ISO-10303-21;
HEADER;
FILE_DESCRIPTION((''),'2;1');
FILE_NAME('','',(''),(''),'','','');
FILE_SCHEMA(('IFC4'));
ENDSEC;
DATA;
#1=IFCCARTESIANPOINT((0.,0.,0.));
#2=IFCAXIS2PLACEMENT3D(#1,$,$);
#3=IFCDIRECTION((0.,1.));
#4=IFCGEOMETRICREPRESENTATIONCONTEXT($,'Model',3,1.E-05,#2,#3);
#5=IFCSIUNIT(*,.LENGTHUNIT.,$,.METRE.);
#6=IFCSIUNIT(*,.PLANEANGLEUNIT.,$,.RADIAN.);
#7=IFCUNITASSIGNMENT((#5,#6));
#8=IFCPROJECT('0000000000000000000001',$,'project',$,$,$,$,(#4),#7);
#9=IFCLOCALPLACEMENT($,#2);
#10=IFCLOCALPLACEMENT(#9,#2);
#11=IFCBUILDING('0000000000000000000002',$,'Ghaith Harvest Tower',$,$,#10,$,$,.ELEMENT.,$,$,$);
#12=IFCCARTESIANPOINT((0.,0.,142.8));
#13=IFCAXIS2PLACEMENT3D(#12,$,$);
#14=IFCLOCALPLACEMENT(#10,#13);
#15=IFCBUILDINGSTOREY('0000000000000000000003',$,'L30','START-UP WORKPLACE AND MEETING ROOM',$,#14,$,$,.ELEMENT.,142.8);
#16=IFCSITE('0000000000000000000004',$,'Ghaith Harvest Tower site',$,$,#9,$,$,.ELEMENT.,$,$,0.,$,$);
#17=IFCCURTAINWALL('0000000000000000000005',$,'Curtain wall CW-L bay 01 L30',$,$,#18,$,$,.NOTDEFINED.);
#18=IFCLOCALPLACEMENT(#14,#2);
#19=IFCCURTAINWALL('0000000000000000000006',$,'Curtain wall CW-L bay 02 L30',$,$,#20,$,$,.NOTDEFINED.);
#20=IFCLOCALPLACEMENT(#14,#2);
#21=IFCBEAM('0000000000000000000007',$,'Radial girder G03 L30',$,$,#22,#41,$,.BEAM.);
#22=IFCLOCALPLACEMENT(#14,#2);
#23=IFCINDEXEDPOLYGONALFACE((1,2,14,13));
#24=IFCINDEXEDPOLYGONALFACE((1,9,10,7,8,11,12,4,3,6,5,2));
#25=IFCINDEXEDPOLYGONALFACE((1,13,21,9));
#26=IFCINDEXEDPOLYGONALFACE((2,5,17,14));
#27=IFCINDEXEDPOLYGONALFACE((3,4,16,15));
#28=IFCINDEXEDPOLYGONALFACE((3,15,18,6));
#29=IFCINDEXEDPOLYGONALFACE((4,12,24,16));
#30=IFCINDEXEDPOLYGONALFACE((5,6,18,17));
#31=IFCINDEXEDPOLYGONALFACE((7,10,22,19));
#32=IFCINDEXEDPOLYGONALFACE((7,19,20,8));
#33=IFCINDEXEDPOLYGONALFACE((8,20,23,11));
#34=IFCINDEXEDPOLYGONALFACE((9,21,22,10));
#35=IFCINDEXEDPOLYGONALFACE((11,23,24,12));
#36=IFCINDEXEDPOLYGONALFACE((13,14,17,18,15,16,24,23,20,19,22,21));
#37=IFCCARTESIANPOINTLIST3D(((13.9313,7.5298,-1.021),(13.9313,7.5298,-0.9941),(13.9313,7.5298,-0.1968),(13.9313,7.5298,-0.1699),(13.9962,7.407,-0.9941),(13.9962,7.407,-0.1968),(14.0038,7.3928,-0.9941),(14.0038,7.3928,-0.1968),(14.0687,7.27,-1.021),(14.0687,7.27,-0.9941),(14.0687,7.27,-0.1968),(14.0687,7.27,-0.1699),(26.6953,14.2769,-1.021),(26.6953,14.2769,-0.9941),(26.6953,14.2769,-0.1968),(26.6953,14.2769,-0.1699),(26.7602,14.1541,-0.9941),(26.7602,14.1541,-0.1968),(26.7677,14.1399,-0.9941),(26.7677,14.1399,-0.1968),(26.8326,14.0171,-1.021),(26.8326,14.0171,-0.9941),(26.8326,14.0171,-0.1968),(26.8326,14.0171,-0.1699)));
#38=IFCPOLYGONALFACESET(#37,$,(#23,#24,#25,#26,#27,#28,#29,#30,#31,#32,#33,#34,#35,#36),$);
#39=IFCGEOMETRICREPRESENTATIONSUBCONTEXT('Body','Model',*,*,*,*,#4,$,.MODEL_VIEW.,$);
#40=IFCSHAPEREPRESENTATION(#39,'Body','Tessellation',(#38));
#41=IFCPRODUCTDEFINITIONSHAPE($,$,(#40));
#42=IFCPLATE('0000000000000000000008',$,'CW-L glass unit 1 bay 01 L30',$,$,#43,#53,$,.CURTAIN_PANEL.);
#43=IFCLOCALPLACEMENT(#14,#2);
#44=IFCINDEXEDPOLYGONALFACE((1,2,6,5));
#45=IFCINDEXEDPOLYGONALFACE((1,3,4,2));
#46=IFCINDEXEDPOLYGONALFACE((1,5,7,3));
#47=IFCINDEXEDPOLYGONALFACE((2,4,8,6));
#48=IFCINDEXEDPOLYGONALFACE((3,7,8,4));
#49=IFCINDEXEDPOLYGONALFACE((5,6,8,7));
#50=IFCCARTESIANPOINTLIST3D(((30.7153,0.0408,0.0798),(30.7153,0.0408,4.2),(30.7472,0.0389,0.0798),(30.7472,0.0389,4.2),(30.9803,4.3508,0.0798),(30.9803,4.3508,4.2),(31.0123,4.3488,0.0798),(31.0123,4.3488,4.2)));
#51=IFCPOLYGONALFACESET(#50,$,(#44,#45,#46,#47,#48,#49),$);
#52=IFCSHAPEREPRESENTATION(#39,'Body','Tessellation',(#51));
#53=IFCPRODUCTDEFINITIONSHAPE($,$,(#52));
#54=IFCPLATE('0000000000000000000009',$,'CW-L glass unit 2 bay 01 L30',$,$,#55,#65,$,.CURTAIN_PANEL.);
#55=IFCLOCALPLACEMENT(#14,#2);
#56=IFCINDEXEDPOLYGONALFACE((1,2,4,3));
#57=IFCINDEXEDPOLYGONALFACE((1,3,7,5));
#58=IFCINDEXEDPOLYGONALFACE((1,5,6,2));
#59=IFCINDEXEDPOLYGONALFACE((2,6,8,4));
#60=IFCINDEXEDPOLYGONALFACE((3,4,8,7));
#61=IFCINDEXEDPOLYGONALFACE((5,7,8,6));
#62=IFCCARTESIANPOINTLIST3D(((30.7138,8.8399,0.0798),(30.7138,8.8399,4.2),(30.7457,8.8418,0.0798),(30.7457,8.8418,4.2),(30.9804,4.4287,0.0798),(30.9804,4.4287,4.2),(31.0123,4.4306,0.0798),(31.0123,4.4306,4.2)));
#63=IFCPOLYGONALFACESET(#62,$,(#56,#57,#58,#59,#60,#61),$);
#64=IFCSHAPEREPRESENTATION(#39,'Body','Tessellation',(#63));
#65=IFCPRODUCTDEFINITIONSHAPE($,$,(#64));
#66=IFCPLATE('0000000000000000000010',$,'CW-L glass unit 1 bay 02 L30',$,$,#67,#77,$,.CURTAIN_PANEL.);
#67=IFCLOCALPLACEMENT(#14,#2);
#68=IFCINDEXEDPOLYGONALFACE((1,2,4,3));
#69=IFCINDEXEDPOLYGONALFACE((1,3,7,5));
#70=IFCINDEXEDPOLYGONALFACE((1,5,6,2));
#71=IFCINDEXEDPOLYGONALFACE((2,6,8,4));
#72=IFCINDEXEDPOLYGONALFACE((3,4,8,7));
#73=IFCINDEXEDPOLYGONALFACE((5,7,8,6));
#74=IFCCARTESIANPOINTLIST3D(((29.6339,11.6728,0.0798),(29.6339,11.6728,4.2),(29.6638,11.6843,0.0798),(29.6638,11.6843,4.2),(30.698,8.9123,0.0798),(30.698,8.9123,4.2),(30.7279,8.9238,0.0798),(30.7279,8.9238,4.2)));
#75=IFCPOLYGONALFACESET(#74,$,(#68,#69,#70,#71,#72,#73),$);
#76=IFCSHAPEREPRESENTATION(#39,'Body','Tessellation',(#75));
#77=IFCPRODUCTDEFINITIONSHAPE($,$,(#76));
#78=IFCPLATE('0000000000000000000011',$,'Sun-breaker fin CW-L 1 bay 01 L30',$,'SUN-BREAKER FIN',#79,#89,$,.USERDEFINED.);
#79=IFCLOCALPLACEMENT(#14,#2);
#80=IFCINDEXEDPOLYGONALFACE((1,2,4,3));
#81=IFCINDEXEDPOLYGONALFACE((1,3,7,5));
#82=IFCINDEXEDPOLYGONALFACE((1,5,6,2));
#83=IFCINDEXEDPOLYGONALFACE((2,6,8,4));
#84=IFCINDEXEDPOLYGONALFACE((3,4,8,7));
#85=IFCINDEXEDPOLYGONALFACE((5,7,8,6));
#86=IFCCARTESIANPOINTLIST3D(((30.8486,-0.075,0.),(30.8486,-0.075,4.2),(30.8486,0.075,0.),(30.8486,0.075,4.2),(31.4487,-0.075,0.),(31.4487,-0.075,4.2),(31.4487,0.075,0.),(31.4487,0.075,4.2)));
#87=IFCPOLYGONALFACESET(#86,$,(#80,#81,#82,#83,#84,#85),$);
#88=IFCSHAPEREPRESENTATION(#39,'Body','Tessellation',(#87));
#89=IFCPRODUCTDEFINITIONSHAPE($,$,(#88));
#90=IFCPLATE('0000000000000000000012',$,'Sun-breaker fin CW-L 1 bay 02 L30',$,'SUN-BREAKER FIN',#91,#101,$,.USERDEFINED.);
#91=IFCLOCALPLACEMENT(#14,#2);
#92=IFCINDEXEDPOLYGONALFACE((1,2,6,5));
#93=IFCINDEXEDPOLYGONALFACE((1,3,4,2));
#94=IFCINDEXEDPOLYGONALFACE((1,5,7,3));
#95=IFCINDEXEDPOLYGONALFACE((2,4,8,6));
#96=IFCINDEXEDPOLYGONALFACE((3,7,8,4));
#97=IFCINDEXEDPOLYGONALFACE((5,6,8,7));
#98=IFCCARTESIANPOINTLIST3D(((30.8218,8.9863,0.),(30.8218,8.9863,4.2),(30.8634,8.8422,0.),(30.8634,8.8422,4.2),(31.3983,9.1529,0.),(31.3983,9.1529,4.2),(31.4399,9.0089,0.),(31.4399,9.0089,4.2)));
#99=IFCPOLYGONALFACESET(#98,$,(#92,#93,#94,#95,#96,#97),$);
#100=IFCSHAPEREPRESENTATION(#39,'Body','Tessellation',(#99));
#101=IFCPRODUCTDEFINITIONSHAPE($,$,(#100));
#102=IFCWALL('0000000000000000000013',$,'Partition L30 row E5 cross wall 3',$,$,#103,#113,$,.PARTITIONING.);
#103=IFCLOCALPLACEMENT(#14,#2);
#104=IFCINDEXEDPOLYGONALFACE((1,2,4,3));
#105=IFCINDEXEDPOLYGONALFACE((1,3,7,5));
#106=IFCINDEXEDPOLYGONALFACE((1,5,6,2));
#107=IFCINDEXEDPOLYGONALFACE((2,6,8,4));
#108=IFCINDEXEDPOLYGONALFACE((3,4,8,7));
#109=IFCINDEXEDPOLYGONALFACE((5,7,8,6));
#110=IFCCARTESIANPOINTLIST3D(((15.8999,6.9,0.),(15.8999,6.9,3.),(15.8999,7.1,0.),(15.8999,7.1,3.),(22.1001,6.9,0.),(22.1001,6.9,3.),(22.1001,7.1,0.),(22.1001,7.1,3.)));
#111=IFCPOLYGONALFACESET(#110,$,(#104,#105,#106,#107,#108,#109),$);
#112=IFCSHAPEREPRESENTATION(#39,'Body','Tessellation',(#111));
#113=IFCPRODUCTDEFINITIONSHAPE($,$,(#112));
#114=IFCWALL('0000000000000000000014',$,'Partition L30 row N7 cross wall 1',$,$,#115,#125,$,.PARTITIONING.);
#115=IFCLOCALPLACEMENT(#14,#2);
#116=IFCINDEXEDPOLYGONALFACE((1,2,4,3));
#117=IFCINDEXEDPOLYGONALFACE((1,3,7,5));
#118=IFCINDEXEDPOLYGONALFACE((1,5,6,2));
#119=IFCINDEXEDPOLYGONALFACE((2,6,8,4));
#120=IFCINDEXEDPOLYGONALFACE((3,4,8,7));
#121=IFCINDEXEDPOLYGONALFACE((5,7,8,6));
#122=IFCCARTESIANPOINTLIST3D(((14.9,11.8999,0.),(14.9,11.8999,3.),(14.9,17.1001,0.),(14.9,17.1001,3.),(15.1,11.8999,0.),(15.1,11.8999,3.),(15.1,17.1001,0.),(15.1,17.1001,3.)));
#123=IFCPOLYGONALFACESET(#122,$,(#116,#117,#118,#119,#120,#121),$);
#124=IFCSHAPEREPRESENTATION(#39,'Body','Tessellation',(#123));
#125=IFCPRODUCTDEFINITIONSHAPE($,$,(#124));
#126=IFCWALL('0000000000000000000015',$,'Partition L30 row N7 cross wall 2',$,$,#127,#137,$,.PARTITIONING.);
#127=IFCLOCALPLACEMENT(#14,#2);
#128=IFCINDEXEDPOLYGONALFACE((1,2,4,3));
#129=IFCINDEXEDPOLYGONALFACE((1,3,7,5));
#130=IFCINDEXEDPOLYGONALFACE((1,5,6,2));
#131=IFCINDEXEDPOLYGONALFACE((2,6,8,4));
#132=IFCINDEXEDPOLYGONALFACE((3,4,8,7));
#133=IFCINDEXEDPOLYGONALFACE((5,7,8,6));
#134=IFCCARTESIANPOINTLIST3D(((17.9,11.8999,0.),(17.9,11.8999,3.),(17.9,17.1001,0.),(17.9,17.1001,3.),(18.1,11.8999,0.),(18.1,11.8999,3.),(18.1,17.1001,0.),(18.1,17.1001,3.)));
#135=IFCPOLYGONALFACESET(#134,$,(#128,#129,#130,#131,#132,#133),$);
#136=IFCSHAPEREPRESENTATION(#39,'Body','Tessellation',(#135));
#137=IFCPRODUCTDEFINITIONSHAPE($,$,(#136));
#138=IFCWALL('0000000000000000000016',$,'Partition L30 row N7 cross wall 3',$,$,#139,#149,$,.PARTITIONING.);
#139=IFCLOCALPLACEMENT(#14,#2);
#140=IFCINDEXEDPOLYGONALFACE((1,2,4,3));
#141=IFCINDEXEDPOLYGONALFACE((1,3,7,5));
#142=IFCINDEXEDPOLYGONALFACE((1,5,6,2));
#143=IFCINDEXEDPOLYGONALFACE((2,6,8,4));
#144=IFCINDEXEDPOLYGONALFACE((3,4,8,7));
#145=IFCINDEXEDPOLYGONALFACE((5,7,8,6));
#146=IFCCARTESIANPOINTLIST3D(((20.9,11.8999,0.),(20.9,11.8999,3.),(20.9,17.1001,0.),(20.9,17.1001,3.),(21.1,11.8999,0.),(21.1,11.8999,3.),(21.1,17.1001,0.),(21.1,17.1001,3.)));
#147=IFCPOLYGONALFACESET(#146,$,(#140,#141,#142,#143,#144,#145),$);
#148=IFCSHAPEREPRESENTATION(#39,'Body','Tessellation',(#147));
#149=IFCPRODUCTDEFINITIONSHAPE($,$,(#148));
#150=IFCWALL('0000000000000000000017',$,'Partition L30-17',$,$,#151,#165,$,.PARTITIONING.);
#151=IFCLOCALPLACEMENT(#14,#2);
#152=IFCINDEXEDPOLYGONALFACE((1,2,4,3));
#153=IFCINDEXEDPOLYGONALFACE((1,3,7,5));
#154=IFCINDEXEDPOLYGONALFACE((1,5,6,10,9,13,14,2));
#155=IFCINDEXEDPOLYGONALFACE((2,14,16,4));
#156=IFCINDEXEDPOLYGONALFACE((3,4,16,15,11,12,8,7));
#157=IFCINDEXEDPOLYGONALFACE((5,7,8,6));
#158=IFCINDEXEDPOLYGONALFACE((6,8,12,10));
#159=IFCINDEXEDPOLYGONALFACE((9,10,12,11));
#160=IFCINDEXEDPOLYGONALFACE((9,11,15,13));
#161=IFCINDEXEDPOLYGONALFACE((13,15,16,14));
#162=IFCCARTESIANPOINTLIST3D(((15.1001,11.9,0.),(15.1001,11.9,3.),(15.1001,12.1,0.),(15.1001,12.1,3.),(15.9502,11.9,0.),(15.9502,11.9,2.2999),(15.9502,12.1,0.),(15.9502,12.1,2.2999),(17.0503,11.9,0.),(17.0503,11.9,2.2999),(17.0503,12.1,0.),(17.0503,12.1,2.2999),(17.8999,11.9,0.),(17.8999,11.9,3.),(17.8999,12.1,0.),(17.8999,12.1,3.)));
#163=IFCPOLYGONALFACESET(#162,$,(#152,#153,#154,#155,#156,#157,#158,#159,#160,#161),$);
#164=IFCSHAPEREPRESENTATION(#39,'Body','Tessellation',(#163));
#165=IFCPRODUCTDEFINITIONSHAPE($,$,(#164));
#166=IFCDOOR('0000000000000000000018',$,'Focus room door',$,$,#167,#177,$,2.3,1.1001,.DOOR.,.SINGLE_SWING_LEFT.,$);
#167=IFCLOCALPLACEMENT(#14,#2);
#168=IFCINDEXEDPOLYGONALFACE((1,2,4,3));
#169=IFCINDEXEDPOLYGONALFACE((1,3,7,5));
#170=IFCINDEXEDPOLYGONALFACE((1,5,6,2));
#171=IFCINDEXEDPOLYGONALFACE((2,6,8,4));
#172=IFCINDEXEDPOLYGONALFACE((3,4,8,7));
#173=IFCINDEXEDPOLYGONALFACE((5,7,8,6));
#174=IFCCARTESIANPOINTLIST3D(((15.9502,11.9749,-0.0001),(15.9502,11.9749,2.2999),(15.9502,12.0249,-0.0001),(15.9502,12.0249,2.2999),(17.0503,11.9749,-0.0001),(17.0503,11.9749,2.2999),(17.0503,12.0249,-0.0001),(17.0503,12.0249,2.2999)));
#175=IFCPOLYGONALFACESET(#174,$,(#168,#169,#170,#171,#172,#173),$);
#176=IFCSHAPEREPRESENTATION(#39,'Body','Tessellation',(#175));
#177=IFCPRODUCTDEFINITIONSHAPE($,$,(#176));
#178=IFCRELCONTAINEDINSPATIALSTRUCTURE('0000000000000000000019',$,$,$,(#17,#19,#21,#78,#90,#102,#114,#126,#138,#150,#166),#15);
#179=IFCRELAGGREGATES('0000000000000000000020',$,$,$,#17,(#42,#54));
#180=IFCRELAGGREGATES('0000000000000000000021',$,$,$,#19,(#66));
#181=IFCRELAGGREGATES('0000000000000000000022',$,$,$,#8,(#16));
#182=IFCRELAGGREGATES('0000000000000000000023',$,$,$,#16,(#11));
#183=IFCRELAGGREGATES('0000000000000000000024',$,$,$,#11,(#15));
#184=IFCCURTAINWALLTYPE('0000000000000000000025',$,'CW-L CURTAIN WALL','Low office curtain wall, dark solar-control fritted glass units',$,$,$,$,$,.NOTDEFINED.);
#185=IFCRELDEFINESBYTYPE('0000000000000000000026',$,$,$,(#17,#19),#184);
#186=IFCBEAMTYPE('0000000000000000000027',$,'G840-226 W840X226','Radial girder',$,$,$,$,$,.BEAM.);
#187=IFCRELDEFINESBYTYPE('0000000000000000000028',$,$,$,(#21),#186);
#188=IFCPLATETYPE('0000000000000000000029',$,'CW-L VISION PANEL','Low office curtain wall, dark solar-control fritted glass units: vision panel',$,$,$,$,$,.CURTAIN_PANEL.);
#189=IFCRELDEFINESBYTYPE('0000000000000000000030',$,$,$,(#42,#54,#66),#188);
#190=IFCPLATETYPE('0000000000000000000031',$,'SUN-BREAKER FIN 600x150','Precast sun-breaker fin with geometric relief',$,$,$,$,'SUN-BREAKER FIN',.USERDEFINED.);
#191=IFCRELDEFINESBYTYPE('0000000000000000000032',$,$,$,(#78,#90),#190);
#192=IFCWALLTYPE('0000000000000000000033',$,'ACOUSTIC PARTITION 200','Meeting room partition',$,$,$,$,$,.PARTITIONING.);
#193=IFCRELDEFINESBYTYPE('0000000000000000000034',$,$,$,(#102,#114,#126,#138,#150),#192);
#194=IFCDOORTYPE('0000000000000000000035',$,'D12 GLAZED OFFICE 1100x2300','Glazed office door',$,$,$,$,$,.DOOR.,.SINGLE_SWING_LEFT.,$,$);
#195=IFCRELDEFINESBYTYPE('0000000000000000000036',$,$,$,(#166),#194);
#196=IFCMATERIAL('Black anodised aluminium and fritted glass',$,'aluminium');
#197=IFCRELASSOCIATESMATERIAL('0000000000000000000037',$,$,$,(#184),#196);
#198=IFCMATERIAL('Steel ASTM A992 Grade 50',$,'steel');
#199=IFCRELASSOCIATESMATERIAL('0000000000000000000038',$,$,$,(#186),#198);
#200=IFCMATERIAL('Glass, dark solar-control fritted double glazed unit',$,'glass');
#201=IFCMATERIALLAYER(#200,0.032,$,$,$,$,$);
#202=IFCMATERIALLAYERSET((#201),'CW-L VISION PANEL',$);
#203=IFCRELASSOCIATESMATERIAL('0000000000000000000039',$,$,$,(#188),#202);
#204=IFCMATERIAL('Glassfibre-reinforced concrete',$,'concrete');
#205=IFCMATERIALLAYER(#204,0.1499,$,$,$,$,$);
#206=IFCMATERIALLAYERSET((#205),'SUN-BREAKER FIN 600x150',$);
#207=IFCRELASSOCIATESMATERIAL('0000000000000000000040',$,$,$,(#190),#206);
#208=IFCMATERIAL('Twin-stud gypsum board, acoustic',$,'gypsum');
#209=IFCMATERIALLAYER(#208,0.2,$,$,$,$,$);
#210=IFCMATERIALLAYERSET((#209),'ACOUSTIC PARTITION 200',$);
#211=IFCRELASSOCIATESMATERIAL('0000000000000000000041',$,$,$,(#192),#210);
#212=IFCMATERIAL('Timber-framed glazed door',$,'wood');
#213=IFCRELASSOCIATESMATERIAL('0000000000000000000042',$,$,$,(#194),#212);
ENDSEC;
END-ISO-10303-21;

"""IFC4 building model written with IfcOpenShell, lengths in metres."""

from ifc_helpers import new_model, si_unit, direction, frame, frame_2d, origin, origin_2d, place, context, subcontext, project, spatial, rectangle, i_section, extrude, material, layer, layer_set, material_profile, profile_set, type_object, element, fill, aggregate, save


model = new_model("IFC4")

# Units and contexts
model_context = context("Model", 3, precision=1e-05, world=origin(), true_north=direction((0.0, 1.0)))
body_context = subcontext(model_context, "Body", "Model", "MODEL_VIEW")
ifc_project = project(units=[si_unit("LENGTHUNIT", "METRE"), si_unit("PLANEANGLEUNIT", "RADIAN")], contexts=[model_context])

# Site, building, storey
site_placement = place(None, origin())
site = spatial("IfcSite", under=ifc_project, at=site_placement, Name="Ghaith Harvest Tower site", CompositionType="ELEMENT", RefElevation=0.0)
building_placement = place(site_placement, origin())
building = spatial("IfcBuilding", under=site, at=building_placement, Name="Ghaith Harvest Tower", CompositionType="ELEMENT")
storey_placement = place(building_placement, frame((0.0, 0.0, 142.8)))
storey = spatial("IfcBuildingStorey", under=building, at=storey_placement, Name="L30", Description="START-UP WORKPLACE AND MEETING ROOM", CompositionType="ELEMENT", Elevation=142.8)

# Curtain walls
ifc_material_1 = material(Name="Black anodised aluminium and fritted glass", Category="aluminium")
curtain_wall_type = type_object("IfcCurtainWallType", Name="CW-L CURTAIN WALL", Description="Low office curtain wall, dark solar-control fritted glass units", PredefinedType="NOTDEFINED", material=ifc_material_1)
curtain_wall_1_placement = place(storey_placement, origin())
curtain_wall_1 = element("IfcCurtainWall", 1, at=curtain_wall_1_placement, inside=storey, type_object=curtain_wall_type, Name="Curtain wall CW-L bay 01 L30", PredefinedType="NOTDEFINED")
curtain_wall_2_placement = place(storey_placement, origin())
curtain_wall_2 = element("IfcCurtainWall", 2, at=curtain_wall_2_placement, inside=storey, type_object=curtain_wall_type, Name="Curtain wall CW-L bay 02 L30", PredefinedType="NOTDEFINED")

# Beam
ifc_material_2 = material(Name="Steel ASTM A992 Grade 50", Category="steel")
ifc_material_profile_1 = material_profile(ifc_material_2, i_section(OverallWidth=0.2939, OverallDepth=0.8511, WebThickness=0.0161, FlangeThickness=0.0269, at=origin_2d()), Name="W840X226")
ifc_profile_set_1 = profile_set([ifc_material_profile_1], Name="Steel ASTM A992 Grade 50")
beam_type_1 = type_object("IfcBeamType", Name="G840-226 W840X226", Description="Radial girder", PredefinedType="BEAM", material=ifc_profile_set_1)
beam_1_placement = place(storey_placement, frame((14.0, 7.3999, -0.5955), z_axis=(0.884083, 0.467331, 0.0), x_axis=(-0.467331, 0.884083, 0.0)))
element("IfcBeam", 3, at=beam_1_placement, inside=storey, type_object=beam_type_1, Name="Radial girder G03 L30", PredefinedType="BEAM", context=body_context, shape_type="SweptSolid", body=[
    extrude(i_section(OverallWidth=0.2939, OverallDepth=0.8511, WebThickness=0.0161, FlangeThickness=0.0269, at=origin_2d()), origin(), (0.0, 0.0, 1.0), 14.4375),
])

# Plates
ifc_material_3 = material(Name="Glass, dark solar-control fritted double glazed unit", Category="glass")
ifc_layer_1 = layer(ifc_material_3, 0.032)
ifc_layer_set_1 = layer_set([ifc_layer_1], Name="CW-L VISION PANEL")
plate_type_1 = type_object("IfcPlateType", Name="CW-L VISION PANEL", Description="Low office curtain wall, dark solar-control fritted glass units: vision panel", PredefinedType="CURTAIN_PANEL", material=ifc_layer_set_1)
plate_1_placement = place(storey_placement, frame((30.8638, 2.1948, 0.0798), z_axis=(0.0, 0.0, 1.0), x_axis=(0.06138, 0.998114, 0.0)))
plate_1 = element("IfcPlate", 4, at=plate_1_placement, type_object=plate_type_1, Name="CW-L glass unit 1 bay 01 L30", PredefinedType="CURTAIN_PANEL", context=body_context, shape_type="SweptSolid", body=[
    extrude(rectangle(XDim=4.3181, YDim=0.032, at=origin_2d()), origin(), (0.0, 0.0, 1.0), 4.1201),
])
plate_2_placement = place(storey_placement, frame((30.863, 6.6353, 0.0798), z_axis=(0.0, 0.0, 1.0), x_axis=(-0.060321, 0.998179, 0.0)))
plate_2 = element("IfcPlate", 5, at=plate_2_placement, type_object=plate_type_1, Name="CW-L glass unit 2 bay 01 L30", PredefinedType="CURTAIN_PANEL", context=body_context, shape_type="SweptSolid", body=[
    extrude(rectangle(XDim=4.4192, YDim=0.032, at=origin_2d()), origin(), (0.0, 0.0, 1.0), 4.1201),
])
aggregate(curtain_wall_1, [plate_1, plate_2])
plate_3_placement = place(storey_placement, frame((30.1809, 10.2983, 0.0798), z_axis=(0.0, 0.0, 1.0), x_axis=(-0.359677, 0.933077, 0.0)))
plate_3 = element("IfcPlate", 6, at=plate_3_placement, type_object=plate_type_1, Name="CW-L glass unit 1 bay 02 L30", PredefinedType="CURTAIN_PANEL", context=body_context, shape_type="SweptSolid", body=[
    extrude(rectangle(XDim=2.9585, YDim=0.032, at=origin_2d()), origin(), (0.0, 0.0, 1.0), 4.1201),
])
aggregate(curtain_wall_2, [plate_3])

# Plates
ifc_material_4 = material(Name="Glassfibre-reinforced concrete", Category="concrete")
ifc_layer_2 = layer(ifc_material_4, 0.1499)
ifc_layer_set_2 = layer_set([ifc_layer_2], Name="SUN-BREAKER FIN 600x150")
plate_type_2 = type_object("IfcPlateType", Name="SUN-BREAKER FIN 600x150", Description="Precast sun-breaker fin with geometric relief", ElementType="SUN-BREAKER FIN", PredefinedType="USERDEFINED", material=ifc_layer_set_2)
for number, where, z_axis, x_axis, name in (
    (7, (31.1487, 0.0, 0.0), (0.0, 0.0, 1.0), (1.0, 0.0, 0.0), "Sun-breaker fin CW-L 1 bay 01 L30"),
    (8, (31.1309, 8.9976, 0.0), (0.0, 0.0, 1.0), (0.96068, 0.277657, 0.0), "Sun-breaker fin CW-L 1 bay 02 L30"),
):
    element("IfcPlate", number, at=place(storey_placement, frame(where, z_axis=z_axis, x_axis=x_axis)), inside=storey, type_object=plate_type_2, Name=name, ObjectType="SUN-BREAKER FIN", PredefinedType="USERDEFINED", context=body_context, shape_type="SweptSolid", body=[
        extrude(rectangle(XDim=0.6001, YDim=0.1499, at=origin_2d()), origin(), (0.0, 0.0, 1.0), 4.2),
    ])

# Walls
ifc_material_5 = material(Name="Twin-stud gypsum board, acoustic", Category="gypsum")
ifc_layer_3 = layer(ifc_material_5, 0.2)
ifc_layer_set_3 = layer_set([ifc_layer_3], Name="ACOUSTIC PARTITION 200")
wall_type_1 = type_object("IfcWallType", Name="ACOUSTIC PARTITION 200", Description="Meeting room partition", PredefinedType="PARTITIONING", material=ifc_layer_set_3)
wall_1_placement = place(storey_placement, frame((15.8999, 7.0, 0.0), z_axis=(0.0, 0.0, 1.0), x_axis=(1.0, 0.0, 0.0)))
element("IfcWall", 9, at=wall_1_placement, inside=storey, type_object=wall_type_1, Name="Partition L30 row E5 cross wall 3", PredefinedType="PARTITIONING", context=body_context, shape_type="SweptSolid", body=[
    extrude(rectangle(XDim=6.2002, YDim=0.2, at=frame_2d((3.1001, 0.0))), origin(), (0.0, 0.0, 1.0), 3.0),
])
for number, where, z_axis, x_axis, name in (
    (10, (15.0, 11.8999, 0.0), (0.0, 0.0, 1.0), (0.0, 1.0, 0.0), "Partition L30 row N7 cross wall 1"),
    (11, (18.0, 11.8999, 0.0), (0.0, 0.0, 1.0), (0.0, 1.0, 0.0), "Partition L30 row N7 cross wall 2"),
    (12, (21.0, 11.8999, 0.0), (0.0, 0.0, 1.0), (0.0, 1.0, 0.0), "Partition L30 row N7 cross wall 3"),
):
    element("IfcWall", number, at=place(storey_placement, frame(where, z_axis=z_axis, x_axis=x_axis)), inside=storey, type_object=wall_type_1, Name=name, PredefinedType="PARTITIONING", context=body_context, shape_type="SweptSolid", body=[
        extrude(rectangle(XDim=5.2002, YDim=0.2, at=frame_2d((2.6001, 0.0))), origin(), (0.0, 0.0, 1.0), 3.0),
    ])

# Wall, opening, door
wall_2_placement = place(storey_placement, frame((15.1001, 12.0, 0.0), z_axis=(0.0, 0.0, 1.0), x_axis=(1.0, 0.0, 0.0)))
wall_2 = element("IfcWall", 13, at=wall_2_placement, inside=storey, type_object=wall_type_1, Name="Partition L30-17", PredefinedType="PARTITIONING", context=body_context, shape_type="SweptSolid", body=[
    extrude(rectangle(XDim=2.7998, YDim=0.2, at=frame_2d((1.3999, 0.0))), origin(), (0.0, 0.0, 1.0), 3.0),
])
opening_1_placement = place(wall_2_placement, frame((0.8501, 0.0, 0.0)))
opening_1 = element("IfcOpeningElement", 14, at=opening_1_placement, cuts=wall_2, PredefinedType="OPENING", context=body_context, shape_type="SweptSolid", body=[
    extrude(rectangle(XDim=1.1001, YDim=2.3, at=frame_2d((0.55, 1.1499))), frame((0.0, 0.1099, 0.0), z_axis=(0.0, -1.0, 0.0), x_axis=(1.0, 0.0, 0.0)), (0.0, 0.0, 1.0), 0.22),
])
ifc_material_6 = material(Name="Timber-framed glazed door", Category="wood")
door_type_1 = type_object("IfcDoorType", Name="D12 GLAZED OFFICE 1100x2300", Description="Glazed office door", OperationType="SINGLE_SWING_LEFT", PredefinedType="DOOR", material=ifc_material_6)
door_1_placement = place(opening_1_placement, origin())
door_1 = element("IfcDoor", 15, at=door_1_placement, inside=storey, type_object=door_type_1, Name="Focus room door", OperationType="SINGLE_SWING_LEFT", OverallHeight=2.3, OverallWidth=1.1001, PredefinedType="DOOR", context=body_context, shape_type="SweptSolid", body=[
    extrude(rectangle(XDim=1.1001, YDim=2.3, at=frame_2d((0.55, 1.1499))), frame((0.0, 0.0249, 0.0), z_axis=(0.0, -1.0, 0.0), x_axis=(1.0, 0.0, 0.0)), (0.0, 0.0, 1.0), 0.05),
])
fill(opening_1, door_1)

save(model, "model.ifc")
